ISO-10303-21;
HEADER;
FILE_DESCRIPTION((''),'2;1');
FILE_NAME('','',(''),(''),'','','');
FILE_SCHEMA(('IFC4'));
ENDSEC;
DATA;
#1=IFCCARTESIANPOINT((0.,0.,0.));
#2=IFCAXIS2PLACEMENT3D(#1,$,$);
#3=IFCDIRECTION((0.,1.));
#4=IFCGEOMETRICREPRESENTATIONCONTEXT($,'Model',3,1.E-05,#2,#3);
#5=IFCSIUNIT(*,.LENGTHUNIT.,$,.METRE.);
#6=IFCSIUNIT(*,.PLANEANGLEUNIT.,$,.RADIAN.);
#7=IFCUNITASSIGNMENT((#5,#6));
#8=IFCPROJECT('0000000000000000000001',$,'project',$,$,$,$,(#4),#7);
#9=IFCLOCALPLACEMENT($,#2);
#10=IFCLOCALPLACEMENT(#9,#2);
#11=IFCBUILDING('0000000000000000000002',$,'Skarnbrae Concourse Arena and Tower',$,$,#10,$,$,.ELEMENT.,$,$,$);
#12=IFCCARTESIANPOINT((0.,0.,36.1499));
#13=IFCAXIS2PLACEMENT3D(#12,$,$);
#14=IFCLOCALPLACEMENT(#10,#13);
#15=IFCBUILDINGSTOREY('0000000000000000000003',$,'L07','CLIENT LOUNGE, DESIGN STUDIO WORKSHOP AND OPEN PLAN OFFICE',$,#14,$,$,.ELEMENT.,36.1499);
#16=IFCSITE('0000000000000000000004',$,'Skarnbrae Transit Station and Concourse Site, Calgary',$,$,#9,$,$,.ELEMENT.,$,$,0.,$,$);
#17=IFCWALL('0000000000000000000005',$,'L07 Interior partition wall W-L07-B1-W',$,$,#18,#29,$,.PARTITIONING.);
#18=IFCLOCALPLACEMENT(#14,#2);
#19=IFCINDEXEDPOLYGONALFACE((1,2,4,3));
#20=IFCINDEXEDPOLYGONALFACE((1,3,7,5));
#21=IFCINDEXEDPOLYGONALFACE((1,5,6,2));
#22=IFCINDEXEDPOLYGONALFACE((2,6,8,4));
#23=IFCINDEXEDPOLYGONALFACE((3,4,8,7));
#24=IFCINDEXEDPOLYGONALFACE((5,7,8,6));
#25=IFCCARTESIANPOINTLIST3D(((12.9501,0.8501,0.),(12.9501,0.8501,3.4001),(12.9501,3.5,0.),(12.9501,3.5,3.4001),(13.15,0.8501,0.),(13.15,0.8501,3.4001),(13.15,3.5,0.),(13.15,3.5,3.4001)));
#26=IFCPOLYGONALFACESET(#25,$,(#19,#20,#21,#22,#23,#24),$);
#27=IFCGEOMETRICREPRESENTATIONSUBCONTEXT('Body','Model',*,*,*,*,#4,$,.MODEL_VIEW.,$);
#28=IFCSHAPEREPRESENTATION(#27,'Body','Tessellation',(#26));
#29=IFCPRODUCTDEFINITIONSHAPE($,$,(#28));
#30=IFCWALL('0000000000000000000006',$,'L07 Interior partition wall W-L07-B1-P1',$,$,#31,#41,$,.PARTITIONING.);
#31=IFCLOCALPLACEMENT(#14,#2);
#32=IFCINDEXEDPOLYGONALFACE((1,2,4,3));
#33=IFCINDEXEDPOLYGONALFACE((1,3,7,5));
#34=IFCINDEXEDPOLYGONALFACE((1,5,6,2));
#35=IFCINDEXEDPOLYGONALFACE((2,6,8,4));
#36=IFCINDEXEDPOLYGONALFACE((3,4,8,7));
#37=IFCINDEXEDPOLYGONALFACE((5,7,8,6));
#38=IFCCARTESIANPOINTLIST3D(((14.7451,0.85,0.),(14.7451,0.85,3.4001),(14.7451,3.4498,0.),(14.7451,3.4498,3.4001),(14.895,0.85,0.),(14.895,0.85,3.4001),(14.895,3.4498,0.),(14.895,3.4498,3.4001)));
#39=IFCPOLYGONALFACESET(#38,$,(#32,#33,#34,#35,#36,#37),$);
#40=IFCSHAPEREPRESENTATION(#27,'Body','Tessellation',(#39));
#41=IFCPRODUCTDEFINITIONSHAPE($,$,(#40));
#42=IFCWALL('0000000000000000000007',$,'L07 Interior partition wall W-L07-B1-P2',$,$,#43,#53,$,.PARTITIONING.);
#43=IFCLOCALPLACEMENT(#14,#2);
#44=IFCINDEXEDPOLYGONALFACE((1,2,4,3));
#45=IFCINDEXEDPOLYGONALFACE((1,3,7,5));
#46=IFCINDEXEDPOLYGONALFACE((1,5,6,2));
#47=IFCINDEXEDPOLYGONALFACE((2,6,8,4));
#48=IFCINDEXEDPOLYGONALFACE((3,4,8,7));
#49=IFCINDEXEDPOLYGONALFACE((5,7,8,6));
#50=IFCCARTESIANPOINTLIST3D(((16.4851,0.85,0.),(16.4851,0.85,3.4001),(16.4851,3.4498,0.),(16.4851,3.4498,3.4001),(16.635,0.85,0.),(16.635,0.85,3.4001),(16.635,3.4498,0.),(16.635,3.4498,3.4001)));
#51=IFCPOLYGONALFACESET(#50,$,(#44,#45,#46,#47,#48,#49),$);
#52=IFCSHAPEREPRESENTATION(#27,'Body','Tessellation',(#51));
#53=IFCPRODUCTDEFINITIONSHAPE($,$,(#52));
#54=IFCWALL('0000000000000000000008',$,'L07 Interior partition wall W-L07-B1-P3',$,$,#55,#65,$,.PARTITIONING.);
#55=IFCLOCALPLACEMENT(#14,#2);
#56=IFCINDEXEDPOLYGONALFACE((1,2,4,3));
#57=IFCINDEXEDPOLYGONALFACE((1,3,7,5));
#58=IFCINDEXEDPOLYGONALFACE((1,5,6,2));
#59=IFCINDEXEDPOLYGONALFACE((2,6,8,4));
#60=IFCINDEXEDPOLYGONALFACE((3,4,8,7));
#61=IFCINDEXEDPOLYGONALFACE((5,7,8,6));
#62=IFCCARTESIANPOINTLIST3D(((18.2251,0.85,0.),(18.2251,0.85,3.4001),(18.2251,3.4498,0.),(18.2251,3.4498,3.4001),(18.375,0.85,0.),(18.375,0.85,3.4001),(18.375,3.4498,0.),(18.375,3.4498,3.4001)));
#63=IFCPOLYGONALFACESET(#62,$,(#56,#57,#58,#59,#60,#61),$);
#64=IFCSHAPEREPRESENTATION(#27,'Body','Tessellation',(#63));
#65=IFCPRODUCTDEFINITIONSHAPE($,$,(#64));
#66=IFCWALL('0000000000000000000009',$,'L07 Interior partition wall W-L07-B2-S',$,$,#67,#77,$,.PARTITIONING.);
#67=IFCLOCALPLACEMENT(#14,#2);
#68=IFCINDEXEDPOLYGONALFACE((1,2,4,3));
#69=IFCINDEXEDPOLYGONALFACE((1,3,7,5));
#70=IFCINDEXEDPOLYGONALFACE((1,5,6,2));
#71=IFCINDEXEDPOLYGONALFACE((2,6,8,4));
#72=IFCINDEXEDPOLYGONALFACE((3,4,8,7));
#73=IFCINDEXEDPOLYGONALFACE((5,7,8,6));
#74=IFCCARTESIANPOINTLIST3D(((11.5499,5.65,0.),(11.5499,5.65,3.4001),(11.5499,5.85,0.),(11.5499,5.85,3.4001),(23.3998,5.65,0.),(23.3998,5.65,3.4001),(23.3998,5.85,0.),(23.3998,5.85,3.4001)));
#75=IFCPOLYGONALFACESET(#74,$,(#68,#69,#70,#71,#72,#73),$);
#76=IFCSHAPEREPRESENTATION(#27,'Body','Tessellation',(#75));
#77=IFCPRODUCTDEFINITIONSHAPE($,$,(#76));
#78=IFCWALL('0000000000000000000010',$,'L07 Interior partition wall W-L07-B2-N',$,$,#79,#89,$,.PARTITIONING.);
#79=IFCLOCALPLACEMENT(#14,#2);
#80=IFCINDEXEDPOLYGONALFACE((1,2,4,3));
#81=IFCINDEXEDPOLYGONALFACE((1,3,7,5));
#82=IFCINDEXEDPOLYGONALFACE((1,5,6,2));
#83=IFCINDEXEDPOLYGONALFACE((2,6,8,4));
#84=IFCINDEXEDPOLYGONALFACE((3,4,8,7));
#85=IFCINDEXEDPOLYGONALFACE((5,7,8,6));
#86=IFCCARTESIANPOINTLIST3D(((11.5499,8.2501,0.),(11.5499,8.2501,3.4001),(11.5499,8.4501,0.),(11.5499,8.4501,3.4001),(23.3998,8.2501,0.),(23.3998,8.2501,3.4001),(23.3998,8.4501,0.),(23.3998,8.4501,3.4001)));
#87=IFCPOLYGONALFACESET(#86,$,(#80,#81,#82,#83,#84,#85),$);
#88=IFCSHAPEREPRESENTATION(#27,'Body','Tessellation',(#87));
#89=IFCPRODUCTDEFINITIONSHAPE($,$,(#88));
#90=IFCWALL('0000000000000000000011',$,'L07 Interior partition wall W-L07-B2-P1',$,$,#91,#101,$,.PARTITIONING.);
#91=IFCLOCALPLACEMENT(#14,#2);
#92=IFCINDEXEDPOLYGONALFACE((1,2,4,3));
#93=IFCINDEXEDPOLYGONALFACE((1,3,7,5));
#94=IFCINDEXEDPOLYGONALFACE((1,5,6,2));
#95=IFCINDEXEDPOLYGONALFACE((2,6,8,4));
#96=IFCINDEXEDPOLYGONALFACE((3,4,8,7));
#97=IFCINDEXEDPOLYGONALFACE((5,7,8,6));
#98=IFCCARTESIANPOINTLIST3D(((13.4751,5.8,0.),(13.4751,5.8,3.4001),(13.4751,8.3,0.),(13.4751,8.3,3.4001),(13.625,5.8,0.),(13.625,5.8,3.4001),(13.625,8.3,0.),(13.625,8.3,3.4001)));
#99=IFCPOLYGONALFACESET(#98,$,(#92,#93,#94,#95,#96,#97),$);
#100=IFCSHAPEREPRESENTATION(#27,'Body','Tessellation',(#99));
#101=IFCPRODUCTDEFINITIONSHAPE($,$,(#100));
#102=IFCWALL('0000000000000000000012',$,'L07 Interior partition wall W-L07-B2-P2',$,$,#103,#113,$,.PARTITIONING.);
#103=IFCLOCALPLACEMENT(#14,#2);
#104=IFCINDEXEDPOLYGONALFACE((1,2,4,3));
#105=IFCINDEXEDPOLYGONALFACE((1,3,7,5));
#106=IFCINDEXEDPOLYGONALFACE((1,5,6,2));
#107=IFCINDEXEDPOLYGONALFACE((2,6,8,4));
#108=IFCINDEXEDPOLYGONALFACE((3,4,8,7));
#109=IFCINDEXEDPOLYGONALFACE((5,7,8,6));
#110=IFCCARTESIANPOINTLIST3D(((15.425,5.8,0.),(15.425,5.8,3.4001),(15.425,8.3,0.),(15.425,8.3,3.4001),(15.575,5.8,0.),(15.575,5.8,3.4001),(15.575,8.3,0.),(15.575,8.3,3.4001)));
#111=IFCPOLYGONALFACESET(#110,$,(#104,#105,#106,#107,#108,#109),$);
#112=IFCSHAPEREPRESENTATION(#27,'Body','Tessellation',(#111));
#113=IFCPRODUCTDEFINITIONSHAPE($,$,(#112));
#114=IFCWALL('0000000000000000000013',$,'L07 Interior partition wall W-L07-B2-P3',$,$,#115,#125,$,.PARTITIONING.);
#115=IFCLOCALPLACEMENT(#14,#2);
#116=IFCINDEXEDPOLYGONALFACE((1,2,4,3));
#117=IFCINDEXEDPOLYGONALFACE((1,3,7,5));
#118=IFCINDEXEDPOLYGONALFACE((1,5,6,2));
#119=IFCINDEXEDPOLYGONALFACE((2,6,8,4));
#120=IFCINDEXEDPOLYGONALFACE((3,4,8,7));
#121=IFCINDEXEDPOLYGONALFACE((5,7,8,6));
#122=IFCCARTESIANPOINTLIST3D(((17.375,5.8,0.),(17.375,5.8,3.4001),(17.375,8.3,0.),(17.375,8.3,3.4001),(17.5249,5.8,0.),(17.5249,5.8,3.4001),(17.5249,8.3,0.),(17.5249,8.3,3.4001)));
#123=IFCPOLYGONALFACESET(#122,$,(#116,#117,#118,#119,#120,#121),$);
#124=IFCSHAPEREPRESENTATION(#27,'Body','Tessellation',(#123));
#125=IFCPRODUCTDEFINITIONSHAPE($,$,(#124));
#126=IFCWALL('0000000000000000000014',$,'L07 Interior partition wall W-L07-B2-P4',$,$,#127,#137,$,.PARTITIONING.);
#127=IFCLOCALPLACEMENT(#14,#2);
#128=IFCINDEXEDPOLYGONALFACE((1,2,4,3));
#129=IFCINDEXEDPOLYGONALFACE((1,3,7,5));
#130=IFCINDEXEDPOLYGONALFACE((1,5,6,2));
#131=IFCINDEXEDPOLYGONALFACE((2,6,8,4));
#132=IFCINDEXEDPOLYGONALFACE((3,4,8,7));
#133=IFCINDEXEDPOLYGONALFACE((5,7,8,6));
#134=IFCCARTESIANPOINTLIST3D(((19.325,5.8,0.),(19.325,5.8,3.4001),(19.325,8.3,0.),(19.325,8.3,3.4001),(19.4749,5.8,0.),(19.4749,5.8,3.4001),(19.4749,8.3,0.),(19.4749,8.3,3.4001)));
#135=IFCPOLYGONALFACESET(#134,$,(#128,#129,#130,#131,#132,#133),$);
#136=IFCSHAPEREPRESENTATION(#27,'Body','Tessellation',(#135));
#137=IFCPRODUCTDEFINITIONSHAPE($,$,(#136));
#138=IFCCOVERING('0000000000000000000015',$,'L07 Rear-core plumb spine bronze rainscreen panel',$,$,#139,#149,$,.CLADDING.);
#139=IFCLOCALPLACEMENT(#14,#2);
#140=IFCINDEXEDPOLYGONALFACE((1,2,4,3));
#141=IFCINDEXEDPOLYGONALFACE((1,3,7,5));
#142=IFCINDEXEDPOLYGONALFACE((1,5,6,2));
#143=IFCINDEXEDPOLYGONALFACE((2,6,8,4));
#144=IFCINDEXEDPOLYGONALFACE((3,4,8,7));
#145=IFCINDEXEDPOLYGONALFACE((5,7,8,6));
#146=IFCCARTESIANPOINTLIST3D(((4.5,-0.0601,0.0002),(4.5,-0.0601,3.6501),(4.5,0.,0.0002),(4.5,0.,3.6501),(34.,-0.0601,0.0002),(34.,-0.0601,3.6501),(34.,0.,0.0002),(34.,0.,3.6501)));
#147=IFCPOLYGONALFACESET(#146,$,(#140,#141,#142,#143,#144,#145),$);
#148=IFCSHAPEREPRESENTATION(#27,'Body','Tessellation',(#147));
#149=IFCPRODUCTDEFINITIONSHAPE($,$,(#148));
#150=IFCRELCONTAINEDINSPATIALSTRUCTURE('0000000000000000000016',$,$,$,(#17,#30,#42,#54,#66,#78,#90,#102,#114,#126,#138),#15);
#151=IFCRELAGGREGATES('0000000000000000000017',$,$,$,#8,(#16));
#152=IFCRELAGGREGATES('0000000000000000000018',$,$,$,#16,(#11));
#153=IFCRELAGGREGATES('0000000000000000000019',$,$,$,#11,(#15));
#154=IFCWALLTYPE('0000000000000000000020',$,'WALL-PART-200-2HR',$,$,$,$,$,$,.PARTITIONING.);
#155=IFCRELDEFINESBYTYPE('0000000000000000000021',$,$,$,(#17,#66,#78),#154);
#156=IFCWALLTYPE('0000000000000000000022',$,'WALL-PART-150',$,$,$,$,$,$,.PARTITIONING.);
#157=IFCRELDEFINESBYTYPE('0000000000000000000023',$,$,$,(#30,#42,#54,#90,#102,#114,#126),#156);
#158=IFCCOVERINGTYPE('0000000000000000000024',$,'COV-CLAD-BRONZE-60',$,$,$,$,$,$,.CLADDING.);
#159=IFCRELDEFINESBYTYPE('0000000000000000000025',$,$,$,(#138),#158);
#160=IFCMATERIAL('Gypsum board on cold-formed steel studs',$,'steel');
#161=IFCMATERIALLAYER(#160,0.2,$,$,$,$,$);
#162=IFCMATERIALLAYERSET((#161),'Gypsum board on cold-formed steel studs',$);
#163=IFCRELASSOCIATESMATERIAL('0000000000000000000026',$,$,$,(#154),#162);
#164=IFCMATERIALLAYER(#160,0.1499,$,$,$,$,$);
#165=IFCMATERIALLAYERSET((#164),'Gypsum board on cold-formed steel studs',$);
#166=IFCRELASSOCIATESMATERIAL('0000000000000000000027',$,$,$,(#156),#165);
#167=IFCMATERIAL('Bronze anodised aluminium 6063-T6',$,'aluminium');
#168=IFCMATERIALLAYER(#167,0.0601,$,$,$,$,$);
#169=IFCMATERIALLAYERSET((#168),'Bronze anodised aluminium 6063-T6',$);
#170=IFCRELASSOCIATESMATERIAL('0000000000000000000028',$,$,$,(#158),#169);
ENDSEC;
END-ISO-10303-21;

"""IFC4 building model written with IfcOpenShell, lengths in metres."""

from ifc_helpers import new_model, si_unit, direction, frame, frame_2d, origin, origin_2d, place, context, subcontext, project, spatial, rectangle, extrude, source, transform, mapped, material, layer, layer_set, type_object, element, save


model = new_model("IFC4")

# Units and contexts
model_context = context("Model", 3, precision=1e-05, world=origin(), true_north=direction((0.0, 1.0)))
body_context = subcontext(model_context, "Body", "Model", "MODEL_VIEW")
ifc_project = project(units=[si_unit("LENGTHUNIT", "METRE"), si_unit("PLANEANGLEUNIT", "RADIAN")], contexts=[model_context])

# Site, building, storey
site_placement = place(None, origin())
site = spatial("IfcSite", under=ifc_project, at=site_placement, Name="Skarnbrae Transit Station and Concourse Site, Calgary", CompositionType="ELEMENT", RefElevation=0.0)
building_placement = place(site_placement, origin())
building = spatial("IfcBuilding", under=site, at=building_placement, Name="Skarnbrae Concourse Arena and Tower", CompositionType="ELEMENT")
storey_placement = place(building_placement, frame((0.0, 0.0, 36.1499)))
storey = spatial("IfcBuildingStorey", under=building, at=storey_placement, Name="L07", Description="CLIENT LOUNGE, DESIGN STUDIO WORKSHOP AND OPEN PLAN OFFICE", CompositionType="ELEMENT", Elevation=36.1499)

# Shared definitions
ifc_material_1 = material(Name="Gypsum board on cold-formed steel studs", Category="steel")
ifc_layer_1 = layer(ifc_material_1, 0.2)
ifc_layer_set_1 = layer_set([ifc_layer_1], Name="Gypsum board on cold-formed steel studs")
wall_type_1 = type_object("IfcWallType", Name="WALL-PART-200-2HR", PredefinedType="PARTITIONING", material=ifc_layer_set_1)

# Wall
shared_shape_1 = source(origin(), body_context, "Body", "SweptSolid", [
    extrude(rectangle(XDim=2.6499, YDim=0.2, at=frame_2d((1.325, 0.0))), origin(), (0.0, 0.0, 1.0), 3.4001),
])
wall_1_placement = place(storey_placement, frame((13.05, 0.8501, 0.0), z_axis=(0.0, 0.0, 1.0), x_axis=(0.0, 1.0, 0.0)))
element("IfcWall", 1, at=wall_1_placement, inside=storey, type_object=wall_type_1, Name="L07 Interior partition wall W-L07-B1-W", PredefinedType="PARTITIONING", context=body_context, shape_type="MappedRepresentation", body=[
    mapped(shared_shape_1, transform((0.0, 0.0, 0.0))),
])

# Shared definitions
ifc_material_2 = material(Name="Bronze anodised aluminium 6063-T6", Category="aluminium")

# Walls
ifc_layer_2 = layer(ifc_material_1, 0.1499)
ifc_layer_set_2 = layer_set([ifc_layer_2], Name="Gypsum board on cold-formed steel studs")
wall_type_2 = type_object("IfcWallType", Name="WALL-PART-150", PredefinedType="PARTITIONING", material=ifc_layer_set_2)
shared_shape_2 = source(origin(), body_context, "Body", "SweptSolid", [
    extrude(rectangle(XDim=2.5999, YDim=0.1499, at=frame_2d((1.2998, 0.0))), origin(), (0.0, 0.0, 1.0), 3.4001),
])
for number, where, z_axis, x_axis, name in (
    (2, (14.8201, 0.8501, 0.0), (0.0, 0.0, 1.0), (0.0, 1.0, 0.0), "L07 Interior partition wall W-L07-B1-P1"),
    (3, (16.5601, 0.8501, 0.0), (0.0, 0.0, 1.0), (0.0, 1.0, 0.0), "L07 Interior partition wall W-L07-B1-P2"),
    (4, (18.3, 0.8501, 0.0), (0.0, 0.0, 1.0), (0.0, 1.0, 0.0), "L07 Interior partition wall W-L07-B1-P3"),
):
    element("IfcWall", number, at=place(storey_placement, frame(where, z_axis=z_axis, x_axis=x_axis)), inside=storey, type_object=wall_type_2, Name=name, PredefinedType="PARTITIONING", context=body_context, shape_type="MappedRepresentation", body=[
        mapped(shared_shape_2, transform((0.0, 0.0, 0.0))),
    ])
shared_shape_3 = source(origin(), body_context, "Body", "SweptSolid", [
    extrude(rectangle(XDim=11.8499, YDim=0.2, at=frame_2d((5.9248, 0.0))), origin(), (0.0, 0.0, 1.0), 3.4001),
])
for number, where, z_axis, x_axis, name in (
    (5, (11.55, 5.75, 0.0), (0.0, 0.0, 1.0), (1.0, 0.0, 0.0), "L07 Interior partition wall W-L07-B2-S"),
    (6, (11.55, 8.3501, 0.0), (0.0, 0.0, 1.0), (1.0, 0.0, 0.0), "L07 Interior partition wall W-L07-B2-N"),
):
    element("IfcWall", number, at=place(storey_placement, frame(where, z_axis=z_axis, x_axis=x_axis)), inside=storey, type_object=wall_type_1, Name=name, PredefinedType="PARTITIONING", context=body_context, shape_type="MappedRepresentation", body=[
        mapped(shared_shape_3, transform((0.0, 0.0, 0.0))),
    ])
shared_shape_4 = source(origin(), body_context, "Body", "SweptSolid", [
    extrude(rectangle(XDim=2.5, YDim=0.1499, at=frame_2d((1.25, 0.0))), origin(), (0.0, 0.0, 1.0), 3.4001),
])
for number, where, z_axis, x_axis, name in (
    (7, (13.55, 5.8, 0.0), (0.0, 0.0, 1.0), (0.0, 1.0, 0.0), "L07 Interior partition wall W-L07-B2-P1"),
    (8, (15.5, 5.8, 0.0), (0.0, 0.0, 1.0), (0.0, 1.0, 0.0), "L07 Interior partition wall W-L07-B2-P2"),
    (9, (17.45, 5.8, 0.0), (0.0, 0.0, 1.0), (0.0, 1.0, 0.0), "L07 Interior partition wall W-L07-B2-P3"),
    (10, (19.3999, 5.8, 0.0), (0.0, 0.0, 1.0), (0.0, 1.0, 0.0), "L07 Interior partition wall W-L07-B2-P4"),
):
    element("IfcWall", number, at=place(storey_placement, frame(where, z_axis=z_axis, x_axis=x_axis)), inside=storey, type_object=wall_type_2, Name=name, PredefinedType="PARTITIONING", context=body_context, shape_type="MappedRepresentation", body=[
        mapped(shared_shape_4, transform((0.0, 0.0, 0.0))),
    ])

# Covering
ifc_layer_3 = layer(ifc_material_2, 0.0601)
ifc_layer_set_3 = layer_set([ifc_layer_3], Name="Bronze anodised aluminium 6063-T6")
covering_type = type_object("IfcCoveringType", Name="COV-CLAD-BRONZE-60", PredefinedType="CLADDING", material=ifc_layer_set_3)
shared_shape_5 = source(origin(), body_context, "Body", "SweptSolid", [
    extrude(rectangle(XDim=29.5, YDim=0.0601, at=origin_2d()), origin(), (0.0, 0.0, 1.0), 3.6499),
])
covering_placement = place(storey_placement, frame((19.25, -0.03, 0.0002), z_axis=(0.0, 0.0, 1.0), x_axis=(1.0, 0.0, 0.0)))
element("IfcCovering", 11, at=covering_placement, inside=storey, type_object=covering_type, Name="L07 Rear-core plumb spine bronze rainscreen panel", PredefinedType="CLADDING", context=body_context, shape_type="MappedRepresentation", body=[
    mapped(shared_shape_5, transform((0.0, 0.0, 0.0))),
])

save(model, "model.ifc")
